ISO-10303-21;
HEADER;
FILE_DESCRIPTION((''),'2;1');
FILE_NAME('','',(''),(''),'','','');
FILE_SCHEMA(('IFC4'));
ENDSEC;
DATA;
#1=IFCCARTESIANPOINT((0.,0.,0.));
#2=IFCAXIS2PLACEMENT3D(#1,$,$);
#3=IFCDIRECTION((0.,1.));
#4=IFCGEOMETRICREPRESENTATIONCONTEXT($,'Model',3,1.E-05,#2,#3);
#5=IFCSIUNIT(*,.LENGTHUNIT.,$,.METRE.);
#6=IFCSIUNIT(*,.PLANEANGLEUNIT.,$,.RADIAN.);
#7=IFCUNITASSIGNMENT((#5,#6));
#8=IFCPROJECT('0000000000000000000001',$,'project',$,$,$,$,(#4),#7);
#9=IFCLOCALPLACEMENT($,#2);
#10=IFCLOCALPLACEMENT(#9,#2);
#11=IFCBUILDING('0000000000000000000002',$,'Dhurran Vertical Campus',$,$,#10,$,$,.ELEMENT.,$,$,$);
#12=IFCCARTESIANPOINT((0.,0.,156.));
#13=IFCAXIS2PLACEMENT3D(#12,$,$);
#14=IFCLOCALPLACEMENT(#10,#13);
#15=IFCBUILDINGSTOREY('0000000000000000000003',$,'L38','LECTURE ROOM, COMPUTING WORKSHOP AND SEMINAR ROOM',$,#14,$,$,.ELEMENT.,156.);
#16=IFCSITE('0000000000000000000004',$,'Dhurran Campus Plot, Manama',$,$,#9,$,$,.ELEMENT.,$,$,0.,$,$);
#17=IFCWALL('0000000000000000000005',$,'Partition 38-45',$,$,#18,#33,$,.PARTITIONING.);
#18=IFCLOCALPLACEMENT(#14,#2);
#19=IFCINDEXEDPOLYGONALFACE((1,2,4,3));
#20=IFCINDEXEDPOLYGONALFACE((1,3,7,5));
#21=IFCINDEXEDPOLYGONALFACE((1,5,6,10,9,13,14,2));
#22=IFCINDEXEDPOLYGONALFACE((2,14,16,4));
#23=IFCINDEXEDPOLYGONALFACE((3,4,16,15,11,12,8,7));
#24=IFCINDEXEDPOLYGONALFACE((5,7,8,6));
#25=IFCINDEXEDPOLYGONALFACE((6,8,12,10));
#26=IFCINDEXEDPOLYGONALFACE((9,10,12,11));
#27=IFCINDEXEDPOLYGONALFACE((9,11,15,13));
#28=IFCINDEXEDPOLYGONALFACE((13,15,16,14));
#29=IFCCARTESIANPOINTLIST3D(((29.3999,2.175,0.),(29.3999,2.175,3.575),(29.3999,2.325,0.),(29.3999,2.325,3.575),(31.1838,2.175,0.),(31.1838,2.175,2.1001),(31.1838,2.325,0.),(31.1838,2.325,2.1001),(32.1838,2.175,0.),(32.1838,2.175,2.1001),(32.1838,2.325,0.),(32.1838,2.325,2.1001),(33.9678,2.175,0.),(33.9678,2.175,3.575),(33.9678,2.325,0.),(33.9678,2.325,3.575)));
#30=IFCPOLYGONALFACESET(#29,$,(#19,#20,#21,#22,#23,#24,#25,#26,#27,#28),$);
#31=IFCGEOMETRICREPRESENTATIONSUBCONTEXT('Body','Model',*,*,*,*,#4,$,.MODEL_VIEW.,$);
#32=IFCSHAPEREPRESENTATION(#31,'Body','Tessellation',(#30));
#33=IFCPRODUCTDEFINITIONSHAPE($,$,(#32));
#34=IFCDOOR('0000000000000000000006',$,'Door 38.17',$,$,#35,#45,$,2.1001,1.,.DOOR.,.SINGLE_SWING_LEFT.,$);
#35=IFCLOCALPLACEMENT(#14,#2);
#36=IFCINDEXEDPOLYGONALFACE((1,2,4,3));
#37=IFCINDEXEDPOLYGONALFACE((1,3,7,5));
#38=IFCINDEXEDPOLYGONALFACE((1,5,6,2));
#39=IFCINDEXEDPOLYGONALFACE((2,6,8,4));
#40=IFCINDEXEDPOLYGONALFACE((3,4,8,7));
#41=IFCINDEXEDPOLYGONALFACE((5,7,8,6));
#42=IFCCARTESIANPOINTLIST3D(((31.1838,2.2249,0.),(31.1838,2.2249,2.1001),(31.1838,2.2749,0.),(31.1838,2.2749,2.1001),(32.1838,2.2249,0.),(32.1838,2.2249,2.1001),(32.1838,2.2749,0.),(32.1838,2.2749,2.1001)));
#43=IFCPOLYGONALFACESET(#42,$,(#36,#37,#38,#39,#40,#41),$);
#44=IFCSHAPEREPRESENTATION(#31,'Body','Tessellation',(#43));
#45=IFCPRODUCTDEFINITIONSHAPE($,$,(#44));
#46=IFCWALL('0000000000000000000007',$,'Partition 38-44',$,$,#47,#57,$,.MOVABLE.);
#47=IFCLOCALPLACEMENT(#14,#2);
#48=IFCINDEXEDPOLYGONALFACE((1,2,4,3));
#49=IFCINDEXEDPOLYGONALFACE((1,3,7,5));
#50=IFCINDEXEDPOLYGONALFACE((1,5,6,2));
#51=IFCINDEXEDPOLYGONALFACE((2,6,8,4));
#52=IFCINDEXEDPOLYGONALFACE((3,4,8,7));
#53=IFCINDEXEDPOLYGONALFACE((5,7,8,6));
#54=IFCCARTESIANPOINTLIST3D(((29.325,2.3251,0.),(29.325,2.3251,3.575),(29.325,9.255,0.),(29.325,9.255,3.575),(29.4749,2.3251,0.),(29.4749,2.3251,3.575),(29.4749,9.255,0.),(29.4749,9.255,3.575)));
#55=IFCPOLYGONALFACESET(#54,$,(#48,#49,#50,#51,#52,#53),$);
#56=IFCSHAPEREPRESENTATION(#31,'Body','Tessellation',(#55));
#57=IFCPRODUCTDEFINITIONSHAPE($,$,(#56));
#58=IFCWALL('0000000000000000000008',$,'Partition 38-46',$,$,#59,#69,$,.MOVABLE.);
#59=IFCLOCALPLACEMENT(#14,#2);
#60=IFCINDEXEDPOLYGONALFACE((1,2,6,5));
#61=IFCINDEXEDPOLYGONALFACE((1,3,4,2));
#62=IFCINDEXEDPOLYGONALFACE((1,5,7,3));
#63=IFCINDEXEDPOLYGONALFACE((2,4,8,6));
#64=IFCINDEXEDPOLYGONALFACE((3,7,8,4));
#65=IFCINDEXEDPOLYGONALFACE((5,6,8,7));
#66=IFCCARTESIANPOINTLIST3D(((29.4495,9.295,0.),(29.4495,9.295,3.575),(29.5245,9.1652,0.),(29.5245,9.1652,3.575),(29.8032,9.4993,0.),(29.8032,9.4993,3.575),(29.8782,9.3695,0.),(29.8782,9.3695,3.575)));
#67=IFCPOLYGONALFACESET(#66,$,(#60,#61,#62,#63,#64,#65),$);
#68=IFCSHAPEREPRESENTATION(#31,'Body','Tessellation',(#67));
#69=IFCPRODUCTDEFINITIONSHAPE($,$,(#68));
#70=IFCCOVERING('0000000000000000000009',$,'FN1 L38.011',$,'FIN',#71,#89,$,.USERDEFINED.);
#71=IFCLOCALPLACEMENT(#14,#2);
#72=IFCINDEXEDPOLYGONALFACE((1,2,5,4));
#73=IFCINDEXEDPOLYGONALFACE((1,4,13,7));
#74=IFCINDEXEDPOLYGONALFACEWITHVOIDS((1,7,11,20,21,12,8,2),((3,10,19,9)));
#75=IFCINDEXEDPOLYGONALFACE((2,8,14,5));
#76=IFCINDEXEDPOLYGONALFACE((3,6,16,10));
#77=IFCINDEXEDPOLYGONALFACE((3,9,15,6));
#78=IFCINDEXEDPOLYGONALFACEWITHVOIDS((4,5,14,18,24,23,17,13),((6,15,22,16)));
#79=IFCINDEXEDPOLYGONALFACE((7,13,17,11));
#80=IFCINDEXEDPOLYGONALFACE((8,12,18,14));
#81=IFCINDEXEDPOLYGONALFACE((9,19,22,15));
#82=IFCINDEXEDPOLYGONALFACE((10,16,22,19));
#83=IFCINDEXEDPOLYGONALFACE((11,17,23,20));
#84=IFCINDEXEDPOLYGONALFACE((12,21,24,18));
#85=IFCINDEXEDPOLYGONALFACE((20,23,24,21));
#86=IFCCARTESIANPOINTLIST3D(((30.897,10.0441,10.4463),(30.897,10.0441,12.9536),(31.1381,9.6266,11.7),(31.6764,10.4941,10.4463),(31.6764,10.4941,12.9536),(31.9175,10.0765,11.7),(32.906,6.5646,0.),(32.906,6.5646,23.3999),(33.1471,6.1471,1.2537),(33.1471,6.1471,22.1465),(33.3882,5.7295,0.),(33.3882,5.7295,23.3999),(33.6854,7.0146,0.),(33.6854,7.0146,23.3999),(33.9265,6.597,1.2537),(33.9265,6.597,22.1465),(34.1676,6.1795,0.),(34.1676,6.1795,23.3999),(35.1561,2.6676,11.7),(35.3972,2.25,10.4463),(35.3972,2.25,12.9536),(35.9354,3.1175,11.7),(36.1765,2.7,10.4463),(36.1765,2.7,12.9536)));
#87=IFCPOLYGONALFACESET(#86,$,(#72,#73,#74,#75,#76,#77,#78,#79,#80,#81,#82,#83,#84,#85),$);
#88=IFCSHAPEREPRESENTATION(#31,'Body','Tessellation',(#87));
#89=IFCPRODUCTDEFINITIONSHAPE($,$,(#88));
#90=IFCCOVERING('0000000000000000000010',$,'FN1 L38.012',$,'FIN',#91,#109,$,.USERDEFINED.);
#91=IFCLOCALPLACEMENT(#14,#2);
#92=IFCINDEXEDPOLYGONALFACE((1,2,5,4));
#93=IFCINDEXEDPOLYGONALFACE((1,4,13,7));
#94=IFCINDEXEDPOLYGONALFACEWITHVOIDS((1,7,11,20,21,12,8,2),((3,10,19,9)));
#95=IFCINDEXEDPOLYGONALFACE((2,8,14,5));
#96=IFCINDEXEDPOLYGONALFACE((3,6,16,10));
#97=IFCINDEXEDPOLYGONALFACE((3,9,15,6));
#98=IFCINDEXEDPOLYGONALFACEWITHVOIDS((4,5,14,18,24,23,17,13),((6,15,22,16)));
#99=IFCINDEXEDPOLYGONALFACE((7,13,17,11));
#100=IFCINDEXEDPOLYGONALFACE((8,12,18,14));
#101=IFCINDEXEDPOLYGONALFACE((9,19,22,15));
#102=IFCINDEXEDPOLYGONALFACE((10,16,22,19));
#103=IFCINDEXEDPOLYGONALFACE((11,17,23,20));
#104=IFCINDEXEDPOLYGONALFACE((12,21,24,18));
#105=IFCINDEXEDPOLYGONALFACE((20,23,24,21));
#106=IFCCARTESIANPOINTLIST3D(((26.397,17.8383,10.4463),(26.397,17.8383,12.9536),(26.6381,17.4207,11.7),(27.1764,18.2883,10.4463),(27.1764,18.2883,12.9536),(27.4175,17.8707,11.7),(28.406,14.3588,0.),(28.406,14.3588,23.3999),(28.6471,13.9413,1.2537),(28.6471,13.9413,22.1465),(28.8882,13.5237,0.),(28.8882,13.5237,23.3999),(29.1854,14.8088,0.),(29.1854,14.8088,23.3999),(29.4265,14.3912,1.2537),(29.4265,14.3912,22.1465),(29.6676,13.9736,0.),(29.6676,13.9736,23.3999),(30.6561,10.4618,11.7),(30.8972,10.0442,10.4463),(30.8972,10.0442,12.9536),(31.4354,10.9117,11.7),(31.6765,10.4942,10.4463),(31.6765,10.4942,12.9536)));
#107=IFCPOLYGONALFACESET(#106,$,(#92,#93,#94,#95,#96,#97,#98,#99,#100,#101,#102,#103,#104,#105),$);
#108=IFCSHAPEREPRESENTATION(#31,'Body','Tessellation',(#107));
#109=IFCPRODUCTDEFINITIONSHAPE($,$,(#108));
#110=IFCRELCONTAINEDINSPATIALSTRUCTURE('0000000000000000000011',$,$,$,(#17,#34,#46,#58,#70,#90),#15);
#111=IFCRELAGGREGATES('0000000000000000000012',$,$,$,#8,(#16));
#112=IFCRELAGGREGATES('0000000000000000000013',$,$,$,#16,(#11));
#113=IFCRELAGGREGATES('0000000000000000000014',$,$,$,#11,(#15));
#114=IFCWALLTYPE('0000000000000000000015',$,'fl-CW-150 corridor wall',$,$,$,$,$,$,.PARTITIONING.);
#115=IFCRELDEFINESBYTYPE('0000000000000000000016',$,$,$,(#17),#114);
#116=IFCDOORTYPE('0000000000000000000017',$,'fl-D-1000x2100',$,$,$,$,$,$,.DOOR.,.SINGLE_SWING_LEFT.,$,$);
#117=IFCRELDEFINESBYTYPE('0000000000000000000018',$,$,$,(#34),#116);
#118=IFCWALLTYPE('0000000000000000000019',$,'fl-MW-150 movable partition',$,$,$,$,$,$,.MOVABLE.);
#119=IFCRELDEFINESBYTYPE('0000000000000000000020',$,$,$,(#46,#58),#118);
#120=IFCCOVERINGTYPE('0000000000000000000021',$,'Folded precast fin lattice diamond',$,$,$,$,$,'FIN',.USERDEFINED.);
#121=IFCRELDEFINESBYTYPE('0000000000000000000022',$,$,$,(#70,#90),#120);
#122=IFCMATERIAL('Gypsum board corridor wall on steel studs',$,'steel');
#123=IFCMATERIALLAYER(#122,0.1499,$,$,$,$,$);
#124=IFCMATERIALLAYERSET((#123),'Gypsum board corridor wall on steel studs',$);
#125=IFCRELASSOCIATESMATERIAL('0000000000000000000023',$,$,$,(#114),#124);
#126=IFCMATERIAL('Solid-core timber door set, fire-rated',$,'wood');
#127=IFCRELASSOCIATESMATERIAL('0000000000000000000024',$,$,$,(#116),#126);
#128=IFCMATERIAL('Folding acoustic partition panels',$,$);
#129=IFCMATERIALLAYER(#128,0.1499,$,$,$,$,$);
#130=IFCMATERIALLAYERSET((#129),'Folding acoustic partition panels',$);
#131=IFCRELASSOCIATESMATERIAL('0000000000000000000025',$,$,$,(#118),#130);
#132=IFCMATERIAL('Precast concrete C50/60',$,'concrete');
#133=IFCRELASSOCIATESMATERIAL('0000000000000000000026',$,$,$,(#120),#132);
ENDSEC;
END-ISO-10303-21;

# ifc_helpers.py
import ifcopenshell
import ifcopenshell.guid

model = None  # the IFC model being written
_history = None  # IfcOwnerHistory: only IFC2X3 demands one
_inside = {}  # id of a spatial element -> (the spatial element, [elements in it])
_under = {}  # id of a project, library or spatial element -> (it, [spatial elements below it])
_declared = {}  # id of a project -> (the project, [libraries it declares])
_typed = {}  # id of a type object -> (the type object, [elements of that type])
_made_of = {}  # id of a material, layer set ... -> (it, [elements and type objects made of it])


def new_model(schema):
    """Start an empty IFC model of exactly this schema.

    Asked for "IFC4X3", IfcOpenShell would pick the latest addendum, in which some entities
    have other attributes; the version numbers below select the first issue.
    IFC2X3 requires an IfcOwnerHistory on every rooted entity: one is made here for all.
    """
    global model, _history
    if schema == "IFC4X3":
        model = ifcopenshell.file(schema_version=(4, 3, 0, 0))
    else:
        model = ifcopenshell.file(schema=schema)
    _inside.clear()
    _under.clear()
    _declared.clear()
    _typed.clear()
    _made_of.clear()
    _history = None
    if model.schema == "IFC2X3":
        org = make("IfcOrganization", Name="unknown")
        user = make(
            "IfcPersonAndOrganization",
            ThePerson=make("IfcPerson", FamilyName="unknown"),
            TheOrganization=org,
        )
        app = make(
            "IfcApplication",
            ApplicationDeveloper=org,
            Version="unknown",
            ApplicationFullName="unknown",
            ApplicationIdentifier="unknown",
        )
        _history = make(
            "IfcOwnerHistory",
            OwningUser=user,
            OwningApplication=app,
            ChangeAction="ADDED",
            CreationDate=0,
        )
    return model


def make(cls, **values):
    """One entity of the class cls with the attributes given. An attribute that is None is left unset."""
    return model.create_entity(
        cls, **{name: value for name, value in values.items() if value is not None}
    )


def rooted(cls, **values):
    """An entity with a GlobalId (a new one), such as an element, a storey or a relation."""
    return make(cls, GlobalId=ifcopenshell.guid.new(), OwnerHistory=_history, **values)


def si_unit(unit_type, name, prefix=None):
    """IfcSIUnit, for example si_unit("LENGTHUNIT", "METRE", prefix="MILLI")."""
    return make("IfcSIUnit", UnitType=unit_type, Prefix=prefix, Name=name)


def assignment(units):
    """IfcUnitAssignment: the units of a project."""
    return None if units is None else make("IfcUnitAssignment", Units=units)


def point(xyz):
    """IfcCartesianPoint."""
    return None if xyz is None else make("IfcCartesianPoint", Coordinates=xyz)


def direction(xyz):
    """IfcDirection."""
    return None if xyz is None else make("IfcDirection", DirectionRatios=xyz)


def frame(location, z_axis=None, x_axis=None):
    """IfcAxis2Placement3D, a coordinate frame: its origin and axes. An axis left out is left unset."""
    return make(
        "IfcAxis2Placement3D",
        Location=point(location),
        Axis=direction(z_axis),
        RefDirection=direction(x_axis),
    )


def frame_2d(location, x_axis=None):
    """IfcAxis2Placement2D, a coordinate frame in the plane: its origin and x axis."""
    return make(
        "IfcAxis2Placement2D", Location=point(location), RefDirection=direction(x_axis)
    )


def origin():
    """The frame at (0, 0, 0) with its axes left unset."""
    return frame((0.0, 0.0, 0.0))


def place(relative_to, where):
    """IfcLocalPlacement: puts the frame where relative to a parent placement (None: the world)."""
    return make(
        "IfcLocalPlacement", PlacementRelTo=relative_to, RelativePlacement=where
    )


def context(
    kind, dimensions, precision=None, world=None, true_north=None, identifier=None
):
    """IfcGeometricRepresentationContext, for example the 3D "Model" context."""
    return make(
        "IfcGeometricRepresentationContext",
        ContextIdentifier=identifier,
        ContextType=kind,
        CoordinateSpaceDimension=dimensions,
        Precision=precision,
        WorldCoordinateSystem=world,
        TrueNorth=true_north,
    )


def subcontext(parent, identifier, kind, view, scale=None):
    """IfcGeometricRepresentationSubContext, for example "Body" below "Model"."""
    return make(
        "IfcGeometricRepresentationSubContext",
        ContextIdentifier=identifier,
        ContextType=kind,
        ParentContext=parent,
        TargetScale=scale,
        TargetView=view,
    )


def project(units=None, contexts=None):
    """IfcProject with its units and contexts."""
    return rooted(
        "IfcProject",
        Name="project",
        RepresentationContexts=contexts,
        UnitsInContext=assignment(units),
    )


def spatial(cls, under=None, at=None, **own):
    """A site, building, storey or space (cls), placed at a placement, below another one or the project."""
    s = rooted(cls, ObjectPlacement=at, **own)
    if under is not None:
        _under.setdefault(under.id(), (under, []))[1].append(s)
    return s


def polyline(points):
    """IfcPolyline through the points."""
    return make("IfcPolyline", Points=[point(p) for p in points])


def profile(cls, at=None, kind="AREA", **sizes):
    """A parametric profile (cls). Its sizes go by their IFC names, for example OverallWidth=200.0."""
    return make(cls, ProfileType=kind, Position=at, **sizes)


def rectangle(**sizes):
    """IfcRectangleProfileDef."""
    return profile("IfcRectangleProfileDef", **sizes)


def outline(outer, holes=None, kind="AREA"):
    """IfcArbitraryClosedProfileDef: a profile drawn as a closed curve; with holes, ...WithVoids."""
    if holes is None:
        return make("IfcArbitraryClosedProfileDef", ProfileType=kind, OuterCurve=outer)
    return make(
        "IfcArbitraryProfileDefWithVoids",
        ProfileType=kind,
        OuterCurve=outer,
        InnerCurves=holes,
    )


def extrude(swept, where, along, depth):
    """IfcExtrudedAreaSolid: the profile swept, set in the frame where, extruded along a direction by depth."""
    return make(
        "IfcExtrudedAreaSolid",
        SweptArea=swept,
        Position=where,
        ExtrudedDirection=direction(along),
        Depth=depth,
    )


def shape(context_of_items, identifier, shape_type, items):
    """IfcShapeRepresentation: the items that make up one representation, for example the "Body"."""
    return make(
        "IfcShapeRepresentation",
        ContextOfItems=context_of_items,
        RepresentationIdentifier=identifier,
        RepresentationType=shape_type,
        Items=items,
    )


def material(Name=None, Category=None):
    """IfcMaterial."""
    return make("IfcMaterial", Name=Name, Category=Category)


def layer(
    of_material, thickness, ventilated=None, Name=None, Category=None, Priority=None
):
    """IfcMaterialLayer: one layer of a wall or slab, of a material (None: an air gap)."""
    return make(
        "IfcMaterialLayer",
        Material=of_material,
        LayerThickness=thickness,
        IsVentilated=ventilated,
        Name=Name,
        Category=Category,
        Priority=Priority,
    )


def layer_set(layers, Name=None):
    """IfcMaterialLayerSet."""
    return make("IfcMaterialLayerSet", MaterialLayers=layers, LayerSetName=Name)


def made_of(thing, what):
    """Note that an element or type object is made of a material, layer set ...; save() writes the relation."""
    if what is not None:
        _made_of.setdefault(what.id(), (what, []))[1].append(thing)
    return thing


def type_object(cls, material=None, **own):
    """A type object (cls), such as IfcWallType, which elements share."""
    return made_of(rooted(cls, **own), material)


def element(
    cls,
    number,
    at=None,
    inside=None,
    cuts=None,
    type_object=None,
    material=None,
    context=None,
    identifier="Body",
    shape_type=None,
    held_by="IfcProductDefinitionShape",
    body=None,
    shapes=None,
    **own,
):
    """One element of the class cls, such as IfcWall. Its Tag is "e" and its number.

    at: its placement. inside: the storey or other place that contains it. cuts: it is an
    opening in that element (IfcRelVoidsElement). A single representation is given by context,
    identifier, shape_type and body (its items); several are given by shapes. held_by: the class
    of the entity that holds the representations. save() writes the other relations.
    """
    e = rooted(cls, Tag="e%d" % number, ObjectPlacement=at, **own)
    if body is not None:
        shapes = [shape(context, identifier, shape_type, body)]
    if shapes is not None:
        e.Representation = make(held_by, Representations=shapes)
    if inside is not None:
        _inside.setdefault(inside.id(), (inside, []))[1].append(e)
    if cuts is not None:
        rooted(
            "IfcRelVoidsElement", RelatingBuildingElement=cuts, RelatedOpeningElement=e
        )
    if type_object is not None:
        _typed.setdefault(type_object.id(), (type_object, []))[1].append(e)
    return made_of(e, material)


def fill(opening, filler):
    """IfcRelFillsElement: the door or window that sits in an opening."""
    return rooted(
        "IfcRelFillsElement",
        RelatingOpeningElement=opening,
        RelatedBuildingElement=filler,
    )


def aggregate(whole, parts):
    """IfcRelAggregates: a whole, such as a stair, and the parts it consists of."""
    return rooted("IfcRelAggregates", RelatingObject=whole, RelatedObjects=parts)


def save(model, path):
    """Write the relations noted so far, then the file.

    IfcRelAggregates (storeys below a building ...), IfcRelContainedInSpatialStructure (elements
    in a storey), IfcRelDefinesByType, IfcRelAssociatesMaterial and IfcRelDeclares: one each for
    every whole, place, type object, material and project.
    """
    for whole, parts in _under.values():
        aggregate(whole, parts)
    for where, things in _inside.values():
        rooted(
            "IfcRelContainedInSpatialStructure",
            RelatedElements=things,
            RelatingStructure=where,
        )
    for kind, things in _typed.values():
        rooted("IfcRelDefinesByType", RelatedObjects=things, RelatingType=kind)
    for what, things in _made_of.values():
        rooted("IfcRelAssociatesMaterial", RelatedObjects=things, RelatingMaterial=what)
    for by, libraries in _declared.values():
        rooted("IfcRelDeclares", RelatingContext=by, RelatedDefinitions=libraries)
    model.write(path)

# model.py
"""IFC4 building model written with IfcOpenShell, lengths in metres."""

from ifc_helpers import new_model, si_unit, direction, frame, frame_2d, origin, place, context, subcontext, project, spatial, polyline, rectangle, outline, extrude, material, layer, layer_set, type_object, element, fill, save


model = new_model("IFC4")

# Units and contexts
model_context = context("Model", 3, precision=1e-05, world=origin(), true_north=direction((0.0, 1.0)))
body_context = subcontext(model_context, "Body", "Model", "MODEL_VIEW")
ifc_project = project(units=[si_unit("LENGTHUNIT", "METRE"), si_unit("PLANEANGLEUNIT", "RADIAN")], contexts=[model_context])

# Site, building, storey
site_placement = place(None, origin())
site = spatial("IfcSite", under=ifc_project, at=site_placement, Name="Dhurran Campus Plot, Manama", CompositionType="ELEMENT", RefElevation=0.0)
building_placement = place(site_placement, origin())
building = spatial("IfcBuilding", under=site, at=building_placement, Name="Dhurran Vertical Campus", CompositionType="ELEMENT")
storey_placement = place(building_placement, frame((0.0, 0.0, 156.0)))
storey = spatial("IfcBuildingStorey", under=building, at=storey_placement, Name="L38", Description="LECTURE ROOM, COMPUTING WORKSHOP AND SEMINAR ROOM", CompositionType="ELEMENT", Elevation=156.0)

# Shared definitions
ifc_material_1 = material(Name="Gypsum board corridor wall on steel studs", Category="steel")
ifc_layer_1 = layer(ifc_material_1, 0.1499)
ifc_layer_set_1 = layer_set([ifc_layer_1], Name="Gypsum board corridor wall on steel studs")
wall_type_1 = type_object("IfcWallType", Name="fl-CW-150 corridor wall", PredefinedType="PARTITIONING", material=ifc_layer_set_1)
ifc_material_2 = material(Name="Solid-core timber door set, fire-rated", Category="wood")
door_type_1 = type_object("IfcDoorType", Name="fl-D-1000x2100", OperationType="SINGLE_SWING_LEFT", PredefinedType="DOOR", material=ifc_material_2)

# Wall, opening, door
wall_1_placement = place(storey_placement, frame((29.3999, 2.25, 0.0), z_axis=(0.0, 0.0, 1.0), x_axis=(1.0, 0.0, 0.0)))
wall_1 = element("IfcWall", 1, at=wall_1_placement, inside=storey, type_object=wall_type_1, Name="Partition 38-45", PredefinedType="PARTITIONING", context=body_context, shape_type="SweptSolid", body=[
    extrude(rectangle(XDim=4.5679, YDim=0.1499, at=frame_2d((2.2839, 0.0))), origin(), (0.0, 0.0, 1.0), 3.575),
])
opening_1_placement = place(wall_1_placement, frame((1.7839, 0.0, 0.0)))
opening_1 = element("IfcOpeningElement", 2, at=opening_1_placement, cuts=wall_1, PredefinedType="OPENING", context=body_context, shape_type="SweptSolid", body=[
    extrude(rectangle(XDim=1.0, YDim=2.1001, at=frame_2d((0.5, 1.05))), frame((0.0, 0.085, 0.0), z_axis=(0.0, -1.0, 0.0), x_axis=(1.0, 0.0, 0.0)), (0.0, 0.0, 1.0), 0.1699),
])
door_1_placement = place(opening_1_placement, origin())
door_1 = element("IfcDoor", 3, at=door_1_placement, inside=storey, type_object=door_type_1, Name="Door 38.17", OperationType="SINGLE_SWING_LEFT", OverallHeight=2.1001, OverallWidth=1.0, PredefinedType="DOOR", context=body_context, shape_type="SweptSolid", body=[
    extrude(rectangle(XDim=1.0, YDim=2.1001, at=frame_2d((0.5, 1.05))), frame((0.0, 0.0249, 0.0), z_axis=(0.0, -1.0, 0.0), x_axis=(1.0, 0.0, 0.0)), (0.0, 0.0, 1.0), 0.05),
])
fill(opening_1, door_1)

# Walls
ifc_material_3 = material(Name="Folding acoustic partition panels")
ifc_layer_2 = layer(ifc_material_3, 0.1499)
ifc_layer_set_2 = layer_set([ifc_layer_2], Name="Folding acoustic partition panels")
wall_type_2 = type_object("IfcWallType", Name="fl-MW-150 movable partition", PredefinedType="MOVABLE", material=ifc_layer_set_2)
wall_2_placement = place(storey_placement, frame((29.3999, 9.2549, 0.0), z_axis=(0.0, 0.0, 1.0), x_axis=(0.0, -1.0, 0.0)))
element("IfcWall", 4, at=wall_2_placement, inside=storey, type_object=wall_type_2, Name="Partition 38-44", PredefinedType="MOVABLE", context=body_context, shape_type="SweptSolid", body=[
    extrude(rectangle(XDim=6.9299, YDim=0.1499, at=frame_2d((3.4648, 0.0))), origin(), (0.0, 0.0, 1.0), 3.575),
])
wall_3_placement = place(storey_placement, frame((29.8406, 9.4343, 0.0), z_axis=(0.0, 0.0, 1.0), x_axis=(-0.865917, -0.500188, 0.0)))
element("IfcWall", 5, at=wall_3_placement, inside=storey, type_object=wall_type_2, Name="Partition 38-46", PredefinedType="MOVABLE", context=body_context, shape_type="SweptSolid", body=[
    extrude(rectangle(XDim=0.4084, YDim=0.1499, at=frame_2d((0.2041, 0.0))), origin(), (0.0, 0.0, 1.0), 3.575),
])

# Coverings
ifc_material_4 = material(Name="Precast concrete C50/60", Category="concrete")
covering_type = type_object("IfcCoveringType", Name="Folded precast fin lattice diamond", ElementType="FIN", PredefinedType="USERDEFINED", material=ifc_material_4)
for number, where, z_axis, x_axis, name in (
    (6, (35.3972, 2.25, 0.0), (0.866014, 0.50002, 0.0), (-0.50002, 0.866014, 0.0), "FN1 L38.011"),
    (7, (30.8972, 10.0442, 0.0), (0.866014, 0.50002, 0.0), (-0.50002, 0.866014, 0.0), "FN1 L38.012"),
):
    element("IfcCovering", number, at=place(storey_placement, frame(where, z_axis=z_axis, x_axis=x_axis)), inside=storey, type_object=covering_type, Name=name, ObjectType="FIN", PredefinedType="USERDEFINED", context=body_context, shape_type="SweptSolid", body=[
        extrude(outline(polyline([(9.0, 12.9536), (9.0, 10.4463), (4.9822, 0.0), (4.0178, 0.0), (0.0, 10.4463), (0.0, 12.9536), (4.0178, 23.3999), (4.9822, 23.3999), (9.0, 12.9536)]), holes=[polyline([(8.5178, 11.7), (4.5, 22.1465), (0.4822, 11.7), (4.5, 1.2537), (8.5178, 11.7)])]), origin(), (0.0, 0.0, 1.0), 0.8999),
    ])

save(model, "model.ifc")
